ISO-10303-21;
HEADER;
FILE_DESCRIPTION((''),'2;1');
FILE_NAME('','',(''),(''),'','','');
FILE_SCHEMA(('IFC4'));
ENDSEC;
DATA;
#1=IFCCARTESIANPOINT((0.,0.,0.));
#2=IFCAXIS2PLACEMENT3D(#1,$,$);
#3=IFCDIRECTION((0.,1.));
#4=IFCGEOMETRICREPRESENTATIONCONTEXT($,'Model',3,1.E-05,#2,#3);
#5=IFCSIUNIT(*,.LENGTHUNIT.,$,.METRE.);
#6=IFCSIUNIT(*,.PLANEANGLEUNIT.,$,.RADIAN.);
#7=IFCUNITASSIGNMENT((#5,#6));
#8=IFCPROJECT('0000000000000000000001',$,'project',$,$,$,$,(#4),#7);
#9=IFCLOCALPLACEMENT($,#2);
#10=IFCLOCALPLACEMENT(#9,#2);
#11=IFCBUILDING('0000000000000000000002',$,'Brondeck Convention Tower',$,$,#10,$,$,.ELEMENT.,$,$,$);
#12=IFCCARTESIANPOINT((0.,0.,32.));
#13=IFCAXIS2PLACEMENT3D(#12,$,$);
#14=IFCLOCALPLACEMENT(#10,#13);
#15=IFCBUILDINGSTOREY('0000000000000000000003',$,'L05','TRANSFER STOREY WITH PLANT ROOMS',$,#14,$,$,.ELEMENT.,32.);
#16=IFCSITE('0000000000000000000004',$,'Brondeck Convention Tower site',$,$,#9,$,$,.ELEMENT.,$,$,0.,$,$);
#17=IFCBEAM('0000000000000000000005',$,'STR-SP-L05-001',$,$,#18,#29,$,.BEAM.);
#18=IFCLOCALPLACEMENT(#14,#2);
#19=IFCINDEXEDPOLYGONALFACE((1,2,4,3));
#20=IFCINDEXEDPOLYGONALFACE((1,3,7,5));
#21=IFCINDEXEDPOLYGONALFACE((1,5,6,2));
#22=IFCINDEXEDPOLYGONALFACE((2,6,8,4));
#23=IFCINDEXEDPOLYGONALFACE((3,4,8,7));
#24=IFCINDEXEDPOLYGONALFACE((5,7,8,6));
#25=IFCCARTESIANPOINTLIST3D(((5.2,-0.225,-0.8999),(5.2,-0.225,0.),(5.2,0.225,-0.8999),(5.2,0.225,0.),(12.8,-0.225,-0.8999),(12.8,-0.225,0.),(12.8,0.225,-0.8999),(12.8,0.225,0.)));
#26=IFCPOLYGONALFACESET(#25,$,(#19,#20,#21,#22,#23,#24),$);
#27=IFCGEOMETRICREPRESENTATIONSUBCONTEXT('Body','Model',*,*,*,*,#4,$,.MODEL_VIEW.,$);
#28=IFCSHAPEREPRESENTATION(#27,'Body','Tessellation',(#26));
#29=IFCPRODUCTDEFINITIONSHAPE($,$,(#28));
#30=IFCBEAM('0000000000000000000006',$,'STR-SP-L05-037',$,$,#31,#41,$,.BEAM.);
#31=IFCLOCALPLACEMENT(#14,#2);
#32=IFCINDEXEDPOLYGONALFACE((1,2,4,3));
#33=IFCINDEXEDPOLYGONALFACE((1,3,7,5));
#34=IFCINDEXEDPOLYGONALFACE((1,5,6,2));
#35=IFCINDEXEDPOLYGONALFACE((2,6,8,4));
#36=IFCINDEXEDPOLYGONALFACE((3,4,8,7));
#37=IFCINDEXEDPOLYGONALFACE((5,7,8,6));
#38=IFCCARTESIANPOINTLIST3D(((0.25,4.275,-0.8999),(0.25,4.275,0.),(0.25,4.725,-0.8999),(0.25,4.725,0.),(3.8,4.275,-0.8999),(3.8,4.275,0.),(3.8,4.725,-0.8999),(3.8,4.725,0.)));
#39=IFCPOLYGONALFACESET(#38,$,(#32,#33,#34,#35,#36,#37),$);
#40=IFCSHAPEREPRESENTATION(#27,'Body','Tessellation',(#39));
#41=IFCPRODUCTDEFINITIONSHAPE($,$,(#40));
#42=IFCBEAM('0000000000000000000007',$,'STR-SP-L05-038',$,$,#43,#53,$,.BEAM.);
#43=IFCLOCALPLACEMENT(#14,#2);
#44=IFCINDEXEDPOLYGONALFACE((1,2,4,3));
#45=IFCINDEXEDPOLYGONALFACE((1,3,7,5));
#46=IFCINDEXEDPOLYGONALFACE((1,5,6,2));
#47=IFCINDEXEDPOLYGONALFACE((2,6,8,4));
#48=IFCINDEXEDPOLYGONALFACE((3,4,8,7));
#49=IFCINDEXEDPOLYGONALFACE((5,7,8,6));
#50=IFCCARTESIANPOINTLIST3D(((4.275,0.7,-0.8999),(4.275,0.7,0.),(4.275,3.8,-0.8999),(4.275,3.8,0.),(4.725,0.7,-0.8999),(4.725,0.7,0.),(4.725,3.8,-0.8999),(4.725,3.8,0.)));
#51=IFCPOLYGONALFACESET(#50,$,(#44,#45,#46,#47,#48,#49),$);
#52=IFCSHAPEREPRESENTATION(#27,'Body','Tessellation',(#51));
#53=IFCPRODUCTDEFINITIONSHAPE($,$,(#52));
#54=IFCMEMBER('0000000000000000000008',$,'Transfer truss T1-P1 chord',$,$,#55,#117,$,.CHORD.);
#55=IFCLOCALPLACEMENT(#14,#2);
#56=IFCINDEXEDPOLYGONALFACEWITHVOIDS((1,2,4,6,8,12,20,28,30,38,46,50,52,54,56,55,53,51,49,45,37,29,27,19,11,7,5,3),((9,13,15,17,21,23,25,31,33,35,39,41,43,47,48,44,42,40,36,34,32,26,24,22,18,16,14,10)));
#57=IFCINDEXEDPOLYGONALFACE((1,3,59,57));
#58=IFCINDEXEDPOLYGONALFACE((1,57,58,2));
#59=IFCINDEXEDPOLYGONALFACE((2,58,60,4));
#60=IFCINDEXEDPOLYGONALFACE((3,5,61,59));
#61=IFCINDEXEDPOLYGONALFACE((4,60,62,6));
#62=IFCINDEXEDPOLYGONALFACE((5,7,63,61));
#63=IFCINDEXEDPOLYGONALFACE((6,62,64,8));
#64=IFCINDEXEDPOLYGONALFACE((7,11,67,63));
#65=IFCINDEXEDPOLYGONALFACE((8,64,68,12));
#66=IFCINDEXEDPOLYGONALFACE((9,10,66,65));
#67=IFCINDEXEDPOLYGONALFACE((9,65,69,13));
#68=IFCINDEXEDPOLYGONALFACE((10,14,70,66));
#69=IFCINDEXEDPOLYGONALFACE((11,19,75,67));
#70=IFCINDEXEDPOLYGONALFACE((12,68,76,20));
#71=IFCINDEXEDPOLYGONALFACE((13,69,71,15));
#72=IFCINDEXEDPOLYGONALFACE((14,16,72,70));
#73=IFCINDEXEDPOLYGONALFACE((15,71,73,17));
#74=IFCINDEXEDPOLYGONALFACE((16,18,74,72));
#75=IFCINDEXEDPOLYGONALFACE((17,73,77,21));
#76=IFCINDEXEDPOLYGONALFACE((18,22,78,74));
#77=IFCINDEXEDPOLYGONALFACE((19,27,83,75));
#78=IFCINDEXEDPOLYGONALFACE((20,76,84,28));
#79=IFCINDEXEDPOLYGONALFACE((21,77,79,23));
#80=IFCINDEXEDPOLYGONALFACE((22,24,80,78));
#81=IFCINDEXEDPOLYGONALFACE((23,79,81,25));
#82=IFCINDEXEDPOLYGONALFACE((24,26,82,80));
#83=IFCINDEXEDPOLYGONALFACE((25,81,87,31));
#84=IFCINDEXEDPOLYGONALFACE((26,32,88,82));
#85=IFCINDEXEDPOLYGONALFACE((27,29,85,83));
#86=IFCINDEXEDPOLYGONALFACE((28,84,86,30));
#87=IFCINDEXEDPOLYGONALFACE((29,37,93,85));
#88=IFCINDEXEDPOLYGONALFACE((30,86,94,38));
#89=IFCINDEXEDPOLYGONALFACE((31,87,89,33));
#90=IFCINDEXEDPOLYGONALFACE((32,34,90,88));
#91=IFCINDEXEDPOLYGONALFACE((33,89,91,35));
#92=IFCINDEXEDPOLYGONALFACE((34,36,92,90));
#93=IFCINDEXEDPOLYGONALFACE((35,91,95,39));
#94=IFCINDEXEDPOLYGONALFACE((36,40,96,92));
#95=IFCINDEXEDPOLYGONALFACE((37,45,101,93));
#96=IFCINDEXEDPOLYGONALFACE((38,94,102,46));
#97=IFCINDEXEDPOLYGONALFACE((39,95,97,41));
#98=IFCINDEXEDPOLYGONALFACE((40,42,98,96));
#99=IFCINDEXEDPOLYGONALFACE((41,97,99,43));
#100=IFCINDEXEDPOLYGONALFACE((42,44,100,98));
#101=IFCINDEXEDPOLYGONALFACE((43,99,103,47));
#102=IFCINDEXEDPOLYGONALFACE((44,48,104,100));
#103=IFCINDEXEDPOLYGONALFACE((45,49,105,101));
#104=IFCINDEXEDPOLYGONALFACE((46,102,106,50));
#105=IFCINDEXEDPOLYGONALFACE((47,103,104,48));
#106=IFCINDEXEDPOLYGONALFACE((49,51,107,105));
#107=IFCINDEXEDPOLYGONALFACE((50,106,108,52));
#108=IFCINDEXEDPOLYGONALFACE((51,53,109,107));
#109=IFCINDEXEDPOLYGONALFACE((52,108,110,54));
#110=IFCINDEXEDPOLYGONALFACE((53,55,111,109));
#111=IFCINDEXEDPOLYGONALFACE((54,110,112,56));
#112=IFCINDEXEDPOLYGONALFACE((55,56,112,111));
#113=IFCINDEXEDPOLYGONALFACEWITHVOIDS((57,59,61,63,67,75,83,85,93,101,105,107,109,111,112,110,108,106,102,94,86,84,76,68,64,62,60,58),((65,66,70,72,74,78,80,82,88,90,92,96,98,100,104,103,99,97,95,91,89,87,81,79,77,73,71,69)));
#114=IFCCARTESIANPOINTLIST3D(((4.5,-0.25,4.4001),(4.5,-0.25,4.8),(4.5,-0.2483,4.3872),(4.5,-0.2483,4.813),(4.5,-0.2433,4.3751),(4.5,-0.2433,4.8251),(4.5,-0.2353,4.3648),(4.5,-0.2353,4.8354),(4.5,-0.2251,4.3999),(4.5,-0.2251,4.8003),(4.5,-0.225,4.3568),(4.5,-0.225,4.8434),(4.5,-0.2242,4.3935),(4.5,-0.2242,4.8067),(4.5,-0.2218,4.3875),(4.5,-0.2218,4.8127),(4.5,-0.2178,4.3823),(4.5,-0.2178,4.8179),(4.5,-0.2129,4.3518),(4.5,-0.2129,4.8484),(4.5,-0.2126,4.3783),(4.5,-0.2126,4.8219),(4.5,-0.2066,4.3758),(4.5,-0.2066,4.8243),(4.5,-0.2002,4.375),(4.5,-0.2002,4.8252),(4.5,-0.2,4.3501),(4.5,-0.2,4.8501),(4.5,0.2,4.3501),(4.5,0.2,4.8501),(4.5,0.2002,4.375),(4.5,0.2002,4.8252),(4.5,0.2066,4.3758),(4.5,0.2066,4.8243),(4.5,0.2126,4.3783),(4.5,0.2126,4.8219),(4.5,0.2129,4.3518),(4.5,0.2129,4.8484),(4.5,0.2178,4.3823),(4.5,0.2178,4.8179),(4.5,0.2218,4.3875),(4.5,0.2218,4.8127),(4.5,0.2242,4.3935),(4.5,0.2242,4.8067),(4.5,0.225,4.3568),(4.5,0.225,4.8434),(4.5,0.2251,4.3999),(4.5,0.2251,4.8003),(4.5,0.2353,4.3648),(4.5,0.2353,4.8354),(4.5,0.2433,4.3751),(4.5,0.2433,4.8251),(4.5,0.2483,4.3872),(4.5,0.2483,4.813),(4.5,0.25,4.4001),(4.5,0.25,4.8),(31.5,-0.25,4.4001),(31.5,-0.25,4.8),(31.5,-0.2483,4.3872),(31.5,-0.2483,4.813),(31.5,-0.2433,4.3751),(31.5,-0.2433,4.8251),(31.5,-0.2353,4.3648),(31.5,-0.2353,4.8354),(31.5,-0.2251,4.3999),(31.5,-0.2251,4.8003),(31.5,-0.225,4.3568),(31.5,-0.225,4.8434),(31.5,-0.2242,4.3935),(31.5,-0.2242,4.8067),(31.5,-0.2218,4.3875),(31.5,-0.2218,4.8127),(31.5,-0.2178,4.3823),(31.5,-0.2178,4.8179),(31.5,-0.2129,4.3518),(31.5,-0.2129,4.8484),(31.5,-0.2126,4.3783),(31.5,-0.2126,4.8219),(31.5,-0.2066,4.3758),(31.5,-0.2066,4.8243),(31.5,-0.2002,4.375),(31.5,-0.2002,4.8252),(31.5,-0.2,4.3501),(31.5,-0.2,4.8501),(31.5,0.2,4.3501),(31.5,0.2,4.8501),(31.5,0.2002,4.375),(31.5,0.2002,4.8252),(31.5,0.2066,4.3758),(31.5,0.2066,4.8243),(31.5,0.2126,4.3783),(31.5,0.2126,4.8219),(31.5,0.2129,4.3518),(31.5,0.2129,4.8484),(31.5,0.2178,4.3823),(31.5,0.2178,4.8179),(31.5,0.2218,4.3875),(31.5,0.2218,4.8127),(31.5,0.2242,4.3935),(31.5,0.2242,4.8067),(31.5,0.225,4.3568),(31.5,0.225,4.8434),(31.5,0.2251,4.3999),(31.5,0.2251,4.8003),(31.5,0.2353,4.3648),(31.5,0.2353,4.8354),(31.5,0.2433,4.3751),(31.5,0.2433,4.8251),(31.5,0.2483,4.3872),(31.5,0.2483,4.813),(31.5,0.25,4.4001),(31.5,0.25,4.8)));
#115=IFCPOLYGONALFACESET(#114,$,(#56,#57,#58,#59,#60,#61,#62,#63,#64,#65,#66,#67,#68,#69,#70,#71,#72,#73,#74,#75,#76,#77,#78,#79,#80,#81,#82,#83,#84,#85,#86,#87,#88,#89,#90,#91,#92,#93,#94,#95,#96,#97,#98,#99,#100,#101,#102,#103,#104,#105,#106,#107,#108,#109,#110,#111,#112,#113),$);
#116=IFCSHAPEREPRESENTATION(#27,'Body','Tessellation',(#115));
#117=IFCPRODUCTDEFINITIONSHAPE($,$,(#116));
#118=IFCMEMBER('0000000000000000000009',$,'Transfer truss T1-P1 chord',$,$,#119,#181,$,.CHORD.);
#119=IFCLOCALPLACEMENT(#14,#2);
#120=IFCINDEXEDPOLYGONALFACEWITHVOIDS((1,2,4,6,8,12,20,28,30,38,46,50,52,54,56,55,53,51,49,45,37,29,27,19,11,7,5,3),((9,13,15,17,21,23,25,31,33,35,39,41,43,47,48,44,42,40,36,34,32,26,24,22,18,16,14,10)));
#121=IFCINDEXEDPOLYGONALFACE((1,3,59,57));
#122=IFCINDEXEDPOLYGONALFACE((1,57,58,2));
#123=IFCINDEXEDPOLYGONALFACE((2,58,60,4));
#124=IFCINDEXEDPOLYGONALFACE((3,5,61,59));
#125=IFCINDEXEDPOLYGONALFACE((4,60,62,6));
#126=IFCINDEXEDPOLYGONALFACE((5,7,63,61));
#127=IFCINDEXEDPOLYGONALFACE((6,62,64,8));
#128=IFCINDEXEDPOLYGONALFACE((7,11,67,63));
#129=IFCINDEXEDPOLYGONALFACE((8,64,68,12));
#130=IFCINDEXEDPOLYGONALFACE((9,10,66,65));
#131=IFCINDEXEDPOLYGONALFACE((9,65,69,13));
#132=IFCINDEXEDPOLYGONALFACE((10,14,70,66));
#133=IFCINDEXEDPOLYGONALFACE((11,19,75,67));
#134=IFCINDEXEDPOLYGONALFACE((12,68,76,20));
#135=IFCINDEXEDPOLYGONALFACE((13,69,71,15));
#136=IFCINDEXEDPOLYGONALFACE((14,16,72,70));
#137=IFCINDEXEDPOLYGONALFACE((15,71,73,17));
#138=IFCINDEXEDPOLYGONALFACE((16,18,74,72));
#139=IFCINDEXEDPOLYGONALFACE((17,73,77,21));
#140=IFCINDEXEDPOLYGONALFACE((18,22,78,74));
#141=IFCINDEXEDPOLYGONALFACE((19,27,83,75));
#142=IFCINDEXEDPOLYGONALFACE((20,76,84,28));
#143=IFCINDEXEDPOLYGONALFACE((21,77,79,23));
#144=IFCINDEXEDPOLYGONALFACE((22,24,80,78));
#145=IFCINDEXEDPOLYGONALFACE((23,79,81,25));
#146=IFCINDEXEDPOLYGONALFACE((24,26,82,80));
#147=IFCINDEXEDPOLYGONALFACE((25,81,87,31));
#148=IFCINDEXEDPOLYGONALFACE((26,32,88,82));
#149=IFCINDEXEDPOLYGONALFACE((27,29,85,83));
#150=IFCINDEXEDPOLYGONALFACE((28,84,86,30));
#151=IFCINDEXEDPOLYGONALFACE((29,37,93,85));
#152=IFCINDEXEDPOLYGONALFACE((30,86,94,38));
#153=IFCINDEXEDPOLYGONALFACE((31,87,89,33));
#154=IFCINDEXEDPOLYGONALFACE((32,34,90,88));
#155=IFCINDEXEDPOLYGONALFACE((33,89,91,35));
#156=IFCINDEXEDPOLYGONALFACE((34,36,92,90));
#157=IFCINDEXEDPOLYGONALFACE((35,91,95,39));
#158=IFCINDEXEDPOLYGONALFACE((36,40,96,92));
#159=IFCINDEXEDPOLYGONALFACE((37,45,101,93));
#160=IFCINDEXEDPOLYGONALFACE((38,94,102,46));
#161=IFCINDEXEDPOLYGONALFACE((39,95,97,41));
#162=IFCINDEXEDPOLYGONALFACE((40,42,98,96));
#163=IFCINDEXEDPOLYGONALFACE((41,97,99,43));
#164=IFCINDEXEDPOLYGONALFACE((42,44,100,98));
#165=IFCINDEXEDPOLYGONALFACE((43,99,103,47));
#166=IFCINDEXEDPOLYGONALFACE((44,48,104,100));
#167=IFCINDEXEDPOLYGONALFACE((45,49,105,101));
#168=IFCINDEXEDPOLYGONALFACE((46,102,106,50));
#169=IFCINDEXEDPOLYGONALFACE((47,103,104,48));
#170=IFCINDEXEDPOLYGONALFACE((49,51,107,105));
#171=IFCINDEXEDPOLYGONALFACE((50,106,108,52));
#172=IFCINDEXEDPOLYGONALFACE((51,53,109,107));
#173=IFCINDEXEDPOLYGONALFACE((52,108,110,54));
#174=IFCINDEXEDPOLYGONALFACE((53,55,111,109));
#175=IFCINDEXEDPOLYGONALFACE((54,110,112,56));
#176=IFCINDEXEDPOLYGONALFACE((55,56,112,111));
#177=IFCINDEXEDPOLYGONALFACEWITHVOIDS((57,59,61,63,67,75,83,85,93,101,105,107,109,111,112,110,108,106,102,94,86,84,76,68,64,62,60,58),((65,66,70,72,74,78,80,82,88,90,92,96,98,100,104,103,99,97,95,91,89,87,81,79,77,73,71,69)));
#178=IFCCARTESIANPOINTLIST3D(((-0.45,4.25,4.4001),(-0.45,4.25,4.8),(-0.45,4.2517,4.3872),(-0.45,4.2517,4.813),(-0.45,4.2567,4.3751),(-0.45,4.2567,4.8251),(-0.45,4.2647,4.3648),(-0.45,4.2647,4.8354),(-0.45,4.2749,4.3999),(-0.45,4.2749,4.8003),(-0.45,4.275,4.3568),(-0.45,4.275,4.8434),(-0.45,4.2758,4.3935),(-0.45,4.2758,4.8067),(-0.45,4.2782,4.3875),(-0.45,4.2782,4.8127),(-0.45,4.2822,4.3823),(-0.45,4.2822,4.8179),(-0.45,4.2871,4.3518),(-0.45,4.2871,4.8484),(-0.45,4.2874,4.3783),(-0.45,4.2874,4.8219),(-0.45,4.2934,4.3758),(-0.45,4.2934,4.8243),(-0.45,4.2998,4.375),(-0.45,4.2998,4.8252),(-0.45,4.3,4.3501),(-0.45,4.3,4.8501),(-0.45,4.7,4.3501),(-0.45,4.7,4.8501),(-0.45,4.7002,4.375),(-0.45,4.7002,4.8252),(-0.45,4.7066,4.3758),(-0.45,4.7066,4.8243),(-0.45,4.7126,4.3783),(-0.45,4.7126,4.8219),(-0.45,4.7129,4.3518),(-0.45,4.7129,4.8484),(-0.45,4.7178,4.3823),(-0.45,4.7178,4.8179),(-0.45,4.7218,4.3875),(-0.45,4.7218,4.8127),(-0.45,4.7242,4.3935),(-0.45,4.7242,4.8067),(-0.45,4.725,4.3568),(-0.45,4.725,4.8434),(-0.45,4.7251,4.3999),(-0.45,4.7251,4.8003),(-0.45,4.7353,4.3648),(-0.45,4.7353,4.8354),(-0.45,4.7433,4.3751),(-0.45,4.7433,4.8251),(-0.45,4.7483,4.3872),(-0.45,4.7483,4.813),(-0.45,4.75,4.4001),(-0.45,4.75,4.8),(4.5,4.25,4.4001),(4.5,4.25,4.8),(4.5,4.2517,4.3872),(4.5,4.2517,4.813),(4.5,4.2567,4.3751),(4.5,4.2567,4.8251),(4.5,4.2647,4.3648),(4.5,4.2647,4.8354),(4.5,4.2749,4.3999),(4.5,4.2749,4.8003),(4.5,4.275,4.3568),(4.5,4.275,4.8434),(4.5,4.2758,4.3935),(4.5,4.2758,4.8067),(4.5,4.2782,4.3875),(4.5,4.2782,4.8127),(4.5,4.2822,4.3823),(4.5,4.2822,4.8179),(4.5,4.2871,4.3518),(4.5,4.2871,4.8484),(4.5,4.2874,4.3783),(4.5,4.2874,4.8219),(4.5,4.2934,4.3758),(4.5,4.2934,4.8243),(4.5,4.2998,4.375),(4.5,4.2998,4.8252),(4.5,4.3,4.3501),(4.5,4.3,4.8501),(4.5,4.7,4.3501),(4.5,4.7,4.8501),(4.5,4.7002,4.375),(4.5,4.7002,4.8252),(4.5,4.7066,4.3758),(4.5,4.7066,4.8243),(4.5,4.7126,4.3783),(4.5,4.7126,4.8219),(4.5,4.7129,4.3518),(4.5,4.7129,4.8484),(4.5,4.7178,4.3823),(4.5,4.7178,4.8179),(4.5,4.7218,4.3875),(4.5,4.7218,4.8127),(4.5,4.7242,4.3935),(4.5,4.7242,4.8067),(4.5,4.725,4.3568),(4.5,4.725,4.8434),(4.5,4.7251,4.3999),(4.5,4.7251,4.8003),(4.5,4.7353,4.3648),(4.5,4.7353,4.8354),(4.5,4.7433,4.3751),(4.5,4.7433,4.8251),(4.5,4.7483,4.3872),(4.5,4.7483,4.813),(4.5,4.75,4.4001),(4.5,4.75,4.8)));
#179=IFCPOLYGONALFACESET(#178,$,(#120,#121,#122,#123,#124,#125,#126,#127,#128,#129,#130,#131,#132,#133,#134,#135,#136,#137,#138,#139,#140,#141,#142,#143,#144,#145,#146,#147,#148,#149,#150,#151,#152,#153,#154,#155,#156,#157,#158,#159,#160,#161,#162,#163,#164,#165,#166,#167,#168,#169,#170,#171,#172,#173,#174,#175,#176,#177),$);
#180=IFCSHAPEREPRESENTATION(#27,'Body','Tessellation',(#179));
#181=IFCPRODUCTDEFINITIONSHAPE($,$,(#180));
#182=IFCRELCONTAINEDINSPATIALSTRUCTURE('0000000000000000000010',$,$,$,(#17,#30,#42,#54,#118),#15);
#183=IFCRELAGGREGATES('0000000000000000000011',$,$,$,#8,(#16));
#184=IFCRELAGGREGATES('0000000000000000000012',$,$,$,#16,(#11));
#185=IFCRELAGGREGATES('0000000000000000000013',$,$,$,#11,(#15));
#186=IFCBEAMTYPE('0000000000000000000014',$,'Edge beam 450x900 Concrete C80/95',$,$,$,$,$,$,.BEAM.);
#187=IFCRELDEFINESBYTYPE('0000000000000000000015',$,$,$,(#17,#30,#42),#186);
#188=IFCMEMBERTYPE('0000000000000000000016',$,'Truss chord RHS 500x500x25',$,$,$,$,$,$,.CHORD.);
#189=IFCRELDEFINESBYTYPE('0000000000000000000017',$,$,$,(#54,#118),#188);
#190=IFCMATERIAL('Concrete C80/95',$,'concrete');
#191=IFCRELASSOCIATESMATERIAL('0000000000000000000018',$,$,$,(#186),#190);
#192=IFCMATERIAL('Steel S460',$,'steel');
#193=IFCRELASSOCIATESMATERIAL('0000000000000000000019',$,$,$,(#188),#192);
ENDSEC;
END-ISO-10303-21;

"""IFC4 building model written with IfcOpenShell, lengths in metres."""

from ifc_helpers import new_model, si_unit, direction, frame, origin, origin_2d, place, context, subcontext, project, spatial, rectangle, hollow_rectangle, extrude, material, material_profile, profile_set, type_object, element, save


model = new_model("IFC4")

# Units and contexts
model_context = context("Model", 3, precision=1e-05, world=origin(), true_north=direction((0.0, 1.0)))
body_context = subcontext(model_context, "Body", "Model", "MODEL_VIEW")
ifc_project = project(units=[si_unit("LENGTHUNIT", "METRE"), si_unit("PLANEANGLEUNIT", "RADIAN")], contexts=[model_context])

# Site, building, storey
site_placement = place(None, origin())
site = spatial("IfcSite", under=ifc_project, at=site_placement, Name="Brondeck Convention Tower site", CompositionType="ELEMENT", RefElevation=0.0)
building_placement = place(site_placement, origin())
building = spatial("IfcBuilding", under=site, at=building_placement, Name="Brondeck Convention Tower", CompositionType="ELEMENT")
storey_placement = place(building_placement, frame((0.0, 0.0, 32.0)))
storey = spatial("IfcBuildingStorey", under=building, at=storey_placement, Name="L05", Description="TRANSFER STOREY WITH PLANT ROOMS", CompositionType="ELEMENT", Elevation=32.0)

# Shared definitions
ifc_material_1 = material(Name="Steel S460", Category="steel")

# Beams
ifc_material_2 = material(Name="Concrete C80/95", Category="concrete")
ifc_material_profile_1 = material_profile(ifc_material_2, rectangle(XDim=0.45, YDim=0.8999, at=origin_2d()), Name="Edge beam 450x900 Concrete C80/95")
ifc_profile_set_1 = profile_set([ifc_material_profile_1], Name="Concrete C80/95")
beam_type = type_object("IfcBeamType", Name="Edge beam 450x900 Concrete C80/95", PredefinedType="BEAM", material=ifc_profile_set_1)
beam_1_placement = place(storey_placement, frame((5.2, 0.0, -0.45), z_axis=(1.0, 0.0, 0.0), x_axis=(0.0, 1.0, 0.0)))
element("IfcBeam", 1, at=beam_1_placement, inside=storey, type_object=beam_type, Name="STR-SP-L05-001", PredefinedType="BEAM", context=body_context, shape_type="SweptSolid", body=[
    extrude(rectangle(XDim=0.45, YDim=0.8999, at=origin_2d()), origin(), (0.0, 0.0, 1.0), 7.6001),
])
beam_2_placement = place(storey_placement, frame((0.25, 4.5, -0.45), z_axis=(1.0, 0.0, 0.0), x_axis=(0.0, 1.0, 0.0)))
element("IfcBeam", 2, at=beam_2_placement, inside=storey, type_object=beam_type, Name="STR-SP-L05-037", PredefinedType="BEAM", context=body_context, shape_type="SweptSolid", body=[
    extrude(rectangle(XDim=0.45, YDim=0.8999, at=origin_2d()), origin(), (0.0, 0.0, 1.0), 3.55),
])
beam_3_placement = place(storey_placement, frame((4.5, 3.8, -0.45), z_axis=(0.0, -1.0, 0.0), x_axis=(1.0, 0.0, 0.0)))
element("IfcBeam", 3, at=beam_3_placement, inside=storey, type_object=beam_type, Name="STR-SP-L05-038", PredefinedType="BEAM", context=body_context, shape_type="SweptSolid", body=[
    extrude(rectangle(XDim=0.45, YDim=0.8999, at=origin_2d()), origin(), (0.0, 0.0, 1.0), 3.1001),
])

# Members
ifc_material_profile_2 = material_profile(ifc_material_1, hollow_rectangle(XDim=0.5, YDim=0.5, WallThickness=0.0249, InnerFilletRadius=0.0249, OuterFilletRadius=0.05, at=origin_2d()), Name="RHS 500x500x25")
ifc_profile_set_2 = profile_set([ifc_material_profile_2], Name="Steel S460")
member_type_1 = type_object("IfcMemberType", Name="Truss chord RHS 500x500x25", PredefinedType="CHORD", material=ifc_profile_set_2)
member_1_placement = place(storey_placement, frame((4.5, 0.0, 4.6001), z_axis=(1.0, 0.0, 0.0), x_axis=(0.0, 1.0, 0.0)))
element("IfcMember", 4, at=member_1_placement, inside=storey, type_object=member_type_1, Name="Transfer truss T1-P1 chord", PredefinedType="CHORD", context=body_context, shape_type="SweptSolid", body=[
    extrude(hollow_rectangle(XDim=0.5, YDim=0.5, WallThickness=0.0249, InnerFilletRadius=0.0249, OuterFilletRadius=0.05, at=origin_2d()), origin(), (0.0, 0.0, 1.0), 27.0),
])
member_2_placement = place(storey_placement, frame((-0.45, 4.5, 4.6001), z_axis=(1.0, 0.0, 0.0), x_axis=(0.0, 1.0, 0.0)))
element("IfcMember", 5, at=member_2_placement, inside=storey, type_object=member_type_1, Name="Transfer truss T1-P1 chord", PredefinedType="CHORD", context=body_context, shape_type="SweptSolid", body=[
    extrude(hollow_rectangle(XDim=0.5, YDim=0.5, WallThickness=0.0249, InnerFilletRadius=0.0249, OuterFilletRadius=0.05, at=origin_2d()), origin(), (0.0, 0.0, 1.0), 4.95),
])

save(model, "model.ifc")
